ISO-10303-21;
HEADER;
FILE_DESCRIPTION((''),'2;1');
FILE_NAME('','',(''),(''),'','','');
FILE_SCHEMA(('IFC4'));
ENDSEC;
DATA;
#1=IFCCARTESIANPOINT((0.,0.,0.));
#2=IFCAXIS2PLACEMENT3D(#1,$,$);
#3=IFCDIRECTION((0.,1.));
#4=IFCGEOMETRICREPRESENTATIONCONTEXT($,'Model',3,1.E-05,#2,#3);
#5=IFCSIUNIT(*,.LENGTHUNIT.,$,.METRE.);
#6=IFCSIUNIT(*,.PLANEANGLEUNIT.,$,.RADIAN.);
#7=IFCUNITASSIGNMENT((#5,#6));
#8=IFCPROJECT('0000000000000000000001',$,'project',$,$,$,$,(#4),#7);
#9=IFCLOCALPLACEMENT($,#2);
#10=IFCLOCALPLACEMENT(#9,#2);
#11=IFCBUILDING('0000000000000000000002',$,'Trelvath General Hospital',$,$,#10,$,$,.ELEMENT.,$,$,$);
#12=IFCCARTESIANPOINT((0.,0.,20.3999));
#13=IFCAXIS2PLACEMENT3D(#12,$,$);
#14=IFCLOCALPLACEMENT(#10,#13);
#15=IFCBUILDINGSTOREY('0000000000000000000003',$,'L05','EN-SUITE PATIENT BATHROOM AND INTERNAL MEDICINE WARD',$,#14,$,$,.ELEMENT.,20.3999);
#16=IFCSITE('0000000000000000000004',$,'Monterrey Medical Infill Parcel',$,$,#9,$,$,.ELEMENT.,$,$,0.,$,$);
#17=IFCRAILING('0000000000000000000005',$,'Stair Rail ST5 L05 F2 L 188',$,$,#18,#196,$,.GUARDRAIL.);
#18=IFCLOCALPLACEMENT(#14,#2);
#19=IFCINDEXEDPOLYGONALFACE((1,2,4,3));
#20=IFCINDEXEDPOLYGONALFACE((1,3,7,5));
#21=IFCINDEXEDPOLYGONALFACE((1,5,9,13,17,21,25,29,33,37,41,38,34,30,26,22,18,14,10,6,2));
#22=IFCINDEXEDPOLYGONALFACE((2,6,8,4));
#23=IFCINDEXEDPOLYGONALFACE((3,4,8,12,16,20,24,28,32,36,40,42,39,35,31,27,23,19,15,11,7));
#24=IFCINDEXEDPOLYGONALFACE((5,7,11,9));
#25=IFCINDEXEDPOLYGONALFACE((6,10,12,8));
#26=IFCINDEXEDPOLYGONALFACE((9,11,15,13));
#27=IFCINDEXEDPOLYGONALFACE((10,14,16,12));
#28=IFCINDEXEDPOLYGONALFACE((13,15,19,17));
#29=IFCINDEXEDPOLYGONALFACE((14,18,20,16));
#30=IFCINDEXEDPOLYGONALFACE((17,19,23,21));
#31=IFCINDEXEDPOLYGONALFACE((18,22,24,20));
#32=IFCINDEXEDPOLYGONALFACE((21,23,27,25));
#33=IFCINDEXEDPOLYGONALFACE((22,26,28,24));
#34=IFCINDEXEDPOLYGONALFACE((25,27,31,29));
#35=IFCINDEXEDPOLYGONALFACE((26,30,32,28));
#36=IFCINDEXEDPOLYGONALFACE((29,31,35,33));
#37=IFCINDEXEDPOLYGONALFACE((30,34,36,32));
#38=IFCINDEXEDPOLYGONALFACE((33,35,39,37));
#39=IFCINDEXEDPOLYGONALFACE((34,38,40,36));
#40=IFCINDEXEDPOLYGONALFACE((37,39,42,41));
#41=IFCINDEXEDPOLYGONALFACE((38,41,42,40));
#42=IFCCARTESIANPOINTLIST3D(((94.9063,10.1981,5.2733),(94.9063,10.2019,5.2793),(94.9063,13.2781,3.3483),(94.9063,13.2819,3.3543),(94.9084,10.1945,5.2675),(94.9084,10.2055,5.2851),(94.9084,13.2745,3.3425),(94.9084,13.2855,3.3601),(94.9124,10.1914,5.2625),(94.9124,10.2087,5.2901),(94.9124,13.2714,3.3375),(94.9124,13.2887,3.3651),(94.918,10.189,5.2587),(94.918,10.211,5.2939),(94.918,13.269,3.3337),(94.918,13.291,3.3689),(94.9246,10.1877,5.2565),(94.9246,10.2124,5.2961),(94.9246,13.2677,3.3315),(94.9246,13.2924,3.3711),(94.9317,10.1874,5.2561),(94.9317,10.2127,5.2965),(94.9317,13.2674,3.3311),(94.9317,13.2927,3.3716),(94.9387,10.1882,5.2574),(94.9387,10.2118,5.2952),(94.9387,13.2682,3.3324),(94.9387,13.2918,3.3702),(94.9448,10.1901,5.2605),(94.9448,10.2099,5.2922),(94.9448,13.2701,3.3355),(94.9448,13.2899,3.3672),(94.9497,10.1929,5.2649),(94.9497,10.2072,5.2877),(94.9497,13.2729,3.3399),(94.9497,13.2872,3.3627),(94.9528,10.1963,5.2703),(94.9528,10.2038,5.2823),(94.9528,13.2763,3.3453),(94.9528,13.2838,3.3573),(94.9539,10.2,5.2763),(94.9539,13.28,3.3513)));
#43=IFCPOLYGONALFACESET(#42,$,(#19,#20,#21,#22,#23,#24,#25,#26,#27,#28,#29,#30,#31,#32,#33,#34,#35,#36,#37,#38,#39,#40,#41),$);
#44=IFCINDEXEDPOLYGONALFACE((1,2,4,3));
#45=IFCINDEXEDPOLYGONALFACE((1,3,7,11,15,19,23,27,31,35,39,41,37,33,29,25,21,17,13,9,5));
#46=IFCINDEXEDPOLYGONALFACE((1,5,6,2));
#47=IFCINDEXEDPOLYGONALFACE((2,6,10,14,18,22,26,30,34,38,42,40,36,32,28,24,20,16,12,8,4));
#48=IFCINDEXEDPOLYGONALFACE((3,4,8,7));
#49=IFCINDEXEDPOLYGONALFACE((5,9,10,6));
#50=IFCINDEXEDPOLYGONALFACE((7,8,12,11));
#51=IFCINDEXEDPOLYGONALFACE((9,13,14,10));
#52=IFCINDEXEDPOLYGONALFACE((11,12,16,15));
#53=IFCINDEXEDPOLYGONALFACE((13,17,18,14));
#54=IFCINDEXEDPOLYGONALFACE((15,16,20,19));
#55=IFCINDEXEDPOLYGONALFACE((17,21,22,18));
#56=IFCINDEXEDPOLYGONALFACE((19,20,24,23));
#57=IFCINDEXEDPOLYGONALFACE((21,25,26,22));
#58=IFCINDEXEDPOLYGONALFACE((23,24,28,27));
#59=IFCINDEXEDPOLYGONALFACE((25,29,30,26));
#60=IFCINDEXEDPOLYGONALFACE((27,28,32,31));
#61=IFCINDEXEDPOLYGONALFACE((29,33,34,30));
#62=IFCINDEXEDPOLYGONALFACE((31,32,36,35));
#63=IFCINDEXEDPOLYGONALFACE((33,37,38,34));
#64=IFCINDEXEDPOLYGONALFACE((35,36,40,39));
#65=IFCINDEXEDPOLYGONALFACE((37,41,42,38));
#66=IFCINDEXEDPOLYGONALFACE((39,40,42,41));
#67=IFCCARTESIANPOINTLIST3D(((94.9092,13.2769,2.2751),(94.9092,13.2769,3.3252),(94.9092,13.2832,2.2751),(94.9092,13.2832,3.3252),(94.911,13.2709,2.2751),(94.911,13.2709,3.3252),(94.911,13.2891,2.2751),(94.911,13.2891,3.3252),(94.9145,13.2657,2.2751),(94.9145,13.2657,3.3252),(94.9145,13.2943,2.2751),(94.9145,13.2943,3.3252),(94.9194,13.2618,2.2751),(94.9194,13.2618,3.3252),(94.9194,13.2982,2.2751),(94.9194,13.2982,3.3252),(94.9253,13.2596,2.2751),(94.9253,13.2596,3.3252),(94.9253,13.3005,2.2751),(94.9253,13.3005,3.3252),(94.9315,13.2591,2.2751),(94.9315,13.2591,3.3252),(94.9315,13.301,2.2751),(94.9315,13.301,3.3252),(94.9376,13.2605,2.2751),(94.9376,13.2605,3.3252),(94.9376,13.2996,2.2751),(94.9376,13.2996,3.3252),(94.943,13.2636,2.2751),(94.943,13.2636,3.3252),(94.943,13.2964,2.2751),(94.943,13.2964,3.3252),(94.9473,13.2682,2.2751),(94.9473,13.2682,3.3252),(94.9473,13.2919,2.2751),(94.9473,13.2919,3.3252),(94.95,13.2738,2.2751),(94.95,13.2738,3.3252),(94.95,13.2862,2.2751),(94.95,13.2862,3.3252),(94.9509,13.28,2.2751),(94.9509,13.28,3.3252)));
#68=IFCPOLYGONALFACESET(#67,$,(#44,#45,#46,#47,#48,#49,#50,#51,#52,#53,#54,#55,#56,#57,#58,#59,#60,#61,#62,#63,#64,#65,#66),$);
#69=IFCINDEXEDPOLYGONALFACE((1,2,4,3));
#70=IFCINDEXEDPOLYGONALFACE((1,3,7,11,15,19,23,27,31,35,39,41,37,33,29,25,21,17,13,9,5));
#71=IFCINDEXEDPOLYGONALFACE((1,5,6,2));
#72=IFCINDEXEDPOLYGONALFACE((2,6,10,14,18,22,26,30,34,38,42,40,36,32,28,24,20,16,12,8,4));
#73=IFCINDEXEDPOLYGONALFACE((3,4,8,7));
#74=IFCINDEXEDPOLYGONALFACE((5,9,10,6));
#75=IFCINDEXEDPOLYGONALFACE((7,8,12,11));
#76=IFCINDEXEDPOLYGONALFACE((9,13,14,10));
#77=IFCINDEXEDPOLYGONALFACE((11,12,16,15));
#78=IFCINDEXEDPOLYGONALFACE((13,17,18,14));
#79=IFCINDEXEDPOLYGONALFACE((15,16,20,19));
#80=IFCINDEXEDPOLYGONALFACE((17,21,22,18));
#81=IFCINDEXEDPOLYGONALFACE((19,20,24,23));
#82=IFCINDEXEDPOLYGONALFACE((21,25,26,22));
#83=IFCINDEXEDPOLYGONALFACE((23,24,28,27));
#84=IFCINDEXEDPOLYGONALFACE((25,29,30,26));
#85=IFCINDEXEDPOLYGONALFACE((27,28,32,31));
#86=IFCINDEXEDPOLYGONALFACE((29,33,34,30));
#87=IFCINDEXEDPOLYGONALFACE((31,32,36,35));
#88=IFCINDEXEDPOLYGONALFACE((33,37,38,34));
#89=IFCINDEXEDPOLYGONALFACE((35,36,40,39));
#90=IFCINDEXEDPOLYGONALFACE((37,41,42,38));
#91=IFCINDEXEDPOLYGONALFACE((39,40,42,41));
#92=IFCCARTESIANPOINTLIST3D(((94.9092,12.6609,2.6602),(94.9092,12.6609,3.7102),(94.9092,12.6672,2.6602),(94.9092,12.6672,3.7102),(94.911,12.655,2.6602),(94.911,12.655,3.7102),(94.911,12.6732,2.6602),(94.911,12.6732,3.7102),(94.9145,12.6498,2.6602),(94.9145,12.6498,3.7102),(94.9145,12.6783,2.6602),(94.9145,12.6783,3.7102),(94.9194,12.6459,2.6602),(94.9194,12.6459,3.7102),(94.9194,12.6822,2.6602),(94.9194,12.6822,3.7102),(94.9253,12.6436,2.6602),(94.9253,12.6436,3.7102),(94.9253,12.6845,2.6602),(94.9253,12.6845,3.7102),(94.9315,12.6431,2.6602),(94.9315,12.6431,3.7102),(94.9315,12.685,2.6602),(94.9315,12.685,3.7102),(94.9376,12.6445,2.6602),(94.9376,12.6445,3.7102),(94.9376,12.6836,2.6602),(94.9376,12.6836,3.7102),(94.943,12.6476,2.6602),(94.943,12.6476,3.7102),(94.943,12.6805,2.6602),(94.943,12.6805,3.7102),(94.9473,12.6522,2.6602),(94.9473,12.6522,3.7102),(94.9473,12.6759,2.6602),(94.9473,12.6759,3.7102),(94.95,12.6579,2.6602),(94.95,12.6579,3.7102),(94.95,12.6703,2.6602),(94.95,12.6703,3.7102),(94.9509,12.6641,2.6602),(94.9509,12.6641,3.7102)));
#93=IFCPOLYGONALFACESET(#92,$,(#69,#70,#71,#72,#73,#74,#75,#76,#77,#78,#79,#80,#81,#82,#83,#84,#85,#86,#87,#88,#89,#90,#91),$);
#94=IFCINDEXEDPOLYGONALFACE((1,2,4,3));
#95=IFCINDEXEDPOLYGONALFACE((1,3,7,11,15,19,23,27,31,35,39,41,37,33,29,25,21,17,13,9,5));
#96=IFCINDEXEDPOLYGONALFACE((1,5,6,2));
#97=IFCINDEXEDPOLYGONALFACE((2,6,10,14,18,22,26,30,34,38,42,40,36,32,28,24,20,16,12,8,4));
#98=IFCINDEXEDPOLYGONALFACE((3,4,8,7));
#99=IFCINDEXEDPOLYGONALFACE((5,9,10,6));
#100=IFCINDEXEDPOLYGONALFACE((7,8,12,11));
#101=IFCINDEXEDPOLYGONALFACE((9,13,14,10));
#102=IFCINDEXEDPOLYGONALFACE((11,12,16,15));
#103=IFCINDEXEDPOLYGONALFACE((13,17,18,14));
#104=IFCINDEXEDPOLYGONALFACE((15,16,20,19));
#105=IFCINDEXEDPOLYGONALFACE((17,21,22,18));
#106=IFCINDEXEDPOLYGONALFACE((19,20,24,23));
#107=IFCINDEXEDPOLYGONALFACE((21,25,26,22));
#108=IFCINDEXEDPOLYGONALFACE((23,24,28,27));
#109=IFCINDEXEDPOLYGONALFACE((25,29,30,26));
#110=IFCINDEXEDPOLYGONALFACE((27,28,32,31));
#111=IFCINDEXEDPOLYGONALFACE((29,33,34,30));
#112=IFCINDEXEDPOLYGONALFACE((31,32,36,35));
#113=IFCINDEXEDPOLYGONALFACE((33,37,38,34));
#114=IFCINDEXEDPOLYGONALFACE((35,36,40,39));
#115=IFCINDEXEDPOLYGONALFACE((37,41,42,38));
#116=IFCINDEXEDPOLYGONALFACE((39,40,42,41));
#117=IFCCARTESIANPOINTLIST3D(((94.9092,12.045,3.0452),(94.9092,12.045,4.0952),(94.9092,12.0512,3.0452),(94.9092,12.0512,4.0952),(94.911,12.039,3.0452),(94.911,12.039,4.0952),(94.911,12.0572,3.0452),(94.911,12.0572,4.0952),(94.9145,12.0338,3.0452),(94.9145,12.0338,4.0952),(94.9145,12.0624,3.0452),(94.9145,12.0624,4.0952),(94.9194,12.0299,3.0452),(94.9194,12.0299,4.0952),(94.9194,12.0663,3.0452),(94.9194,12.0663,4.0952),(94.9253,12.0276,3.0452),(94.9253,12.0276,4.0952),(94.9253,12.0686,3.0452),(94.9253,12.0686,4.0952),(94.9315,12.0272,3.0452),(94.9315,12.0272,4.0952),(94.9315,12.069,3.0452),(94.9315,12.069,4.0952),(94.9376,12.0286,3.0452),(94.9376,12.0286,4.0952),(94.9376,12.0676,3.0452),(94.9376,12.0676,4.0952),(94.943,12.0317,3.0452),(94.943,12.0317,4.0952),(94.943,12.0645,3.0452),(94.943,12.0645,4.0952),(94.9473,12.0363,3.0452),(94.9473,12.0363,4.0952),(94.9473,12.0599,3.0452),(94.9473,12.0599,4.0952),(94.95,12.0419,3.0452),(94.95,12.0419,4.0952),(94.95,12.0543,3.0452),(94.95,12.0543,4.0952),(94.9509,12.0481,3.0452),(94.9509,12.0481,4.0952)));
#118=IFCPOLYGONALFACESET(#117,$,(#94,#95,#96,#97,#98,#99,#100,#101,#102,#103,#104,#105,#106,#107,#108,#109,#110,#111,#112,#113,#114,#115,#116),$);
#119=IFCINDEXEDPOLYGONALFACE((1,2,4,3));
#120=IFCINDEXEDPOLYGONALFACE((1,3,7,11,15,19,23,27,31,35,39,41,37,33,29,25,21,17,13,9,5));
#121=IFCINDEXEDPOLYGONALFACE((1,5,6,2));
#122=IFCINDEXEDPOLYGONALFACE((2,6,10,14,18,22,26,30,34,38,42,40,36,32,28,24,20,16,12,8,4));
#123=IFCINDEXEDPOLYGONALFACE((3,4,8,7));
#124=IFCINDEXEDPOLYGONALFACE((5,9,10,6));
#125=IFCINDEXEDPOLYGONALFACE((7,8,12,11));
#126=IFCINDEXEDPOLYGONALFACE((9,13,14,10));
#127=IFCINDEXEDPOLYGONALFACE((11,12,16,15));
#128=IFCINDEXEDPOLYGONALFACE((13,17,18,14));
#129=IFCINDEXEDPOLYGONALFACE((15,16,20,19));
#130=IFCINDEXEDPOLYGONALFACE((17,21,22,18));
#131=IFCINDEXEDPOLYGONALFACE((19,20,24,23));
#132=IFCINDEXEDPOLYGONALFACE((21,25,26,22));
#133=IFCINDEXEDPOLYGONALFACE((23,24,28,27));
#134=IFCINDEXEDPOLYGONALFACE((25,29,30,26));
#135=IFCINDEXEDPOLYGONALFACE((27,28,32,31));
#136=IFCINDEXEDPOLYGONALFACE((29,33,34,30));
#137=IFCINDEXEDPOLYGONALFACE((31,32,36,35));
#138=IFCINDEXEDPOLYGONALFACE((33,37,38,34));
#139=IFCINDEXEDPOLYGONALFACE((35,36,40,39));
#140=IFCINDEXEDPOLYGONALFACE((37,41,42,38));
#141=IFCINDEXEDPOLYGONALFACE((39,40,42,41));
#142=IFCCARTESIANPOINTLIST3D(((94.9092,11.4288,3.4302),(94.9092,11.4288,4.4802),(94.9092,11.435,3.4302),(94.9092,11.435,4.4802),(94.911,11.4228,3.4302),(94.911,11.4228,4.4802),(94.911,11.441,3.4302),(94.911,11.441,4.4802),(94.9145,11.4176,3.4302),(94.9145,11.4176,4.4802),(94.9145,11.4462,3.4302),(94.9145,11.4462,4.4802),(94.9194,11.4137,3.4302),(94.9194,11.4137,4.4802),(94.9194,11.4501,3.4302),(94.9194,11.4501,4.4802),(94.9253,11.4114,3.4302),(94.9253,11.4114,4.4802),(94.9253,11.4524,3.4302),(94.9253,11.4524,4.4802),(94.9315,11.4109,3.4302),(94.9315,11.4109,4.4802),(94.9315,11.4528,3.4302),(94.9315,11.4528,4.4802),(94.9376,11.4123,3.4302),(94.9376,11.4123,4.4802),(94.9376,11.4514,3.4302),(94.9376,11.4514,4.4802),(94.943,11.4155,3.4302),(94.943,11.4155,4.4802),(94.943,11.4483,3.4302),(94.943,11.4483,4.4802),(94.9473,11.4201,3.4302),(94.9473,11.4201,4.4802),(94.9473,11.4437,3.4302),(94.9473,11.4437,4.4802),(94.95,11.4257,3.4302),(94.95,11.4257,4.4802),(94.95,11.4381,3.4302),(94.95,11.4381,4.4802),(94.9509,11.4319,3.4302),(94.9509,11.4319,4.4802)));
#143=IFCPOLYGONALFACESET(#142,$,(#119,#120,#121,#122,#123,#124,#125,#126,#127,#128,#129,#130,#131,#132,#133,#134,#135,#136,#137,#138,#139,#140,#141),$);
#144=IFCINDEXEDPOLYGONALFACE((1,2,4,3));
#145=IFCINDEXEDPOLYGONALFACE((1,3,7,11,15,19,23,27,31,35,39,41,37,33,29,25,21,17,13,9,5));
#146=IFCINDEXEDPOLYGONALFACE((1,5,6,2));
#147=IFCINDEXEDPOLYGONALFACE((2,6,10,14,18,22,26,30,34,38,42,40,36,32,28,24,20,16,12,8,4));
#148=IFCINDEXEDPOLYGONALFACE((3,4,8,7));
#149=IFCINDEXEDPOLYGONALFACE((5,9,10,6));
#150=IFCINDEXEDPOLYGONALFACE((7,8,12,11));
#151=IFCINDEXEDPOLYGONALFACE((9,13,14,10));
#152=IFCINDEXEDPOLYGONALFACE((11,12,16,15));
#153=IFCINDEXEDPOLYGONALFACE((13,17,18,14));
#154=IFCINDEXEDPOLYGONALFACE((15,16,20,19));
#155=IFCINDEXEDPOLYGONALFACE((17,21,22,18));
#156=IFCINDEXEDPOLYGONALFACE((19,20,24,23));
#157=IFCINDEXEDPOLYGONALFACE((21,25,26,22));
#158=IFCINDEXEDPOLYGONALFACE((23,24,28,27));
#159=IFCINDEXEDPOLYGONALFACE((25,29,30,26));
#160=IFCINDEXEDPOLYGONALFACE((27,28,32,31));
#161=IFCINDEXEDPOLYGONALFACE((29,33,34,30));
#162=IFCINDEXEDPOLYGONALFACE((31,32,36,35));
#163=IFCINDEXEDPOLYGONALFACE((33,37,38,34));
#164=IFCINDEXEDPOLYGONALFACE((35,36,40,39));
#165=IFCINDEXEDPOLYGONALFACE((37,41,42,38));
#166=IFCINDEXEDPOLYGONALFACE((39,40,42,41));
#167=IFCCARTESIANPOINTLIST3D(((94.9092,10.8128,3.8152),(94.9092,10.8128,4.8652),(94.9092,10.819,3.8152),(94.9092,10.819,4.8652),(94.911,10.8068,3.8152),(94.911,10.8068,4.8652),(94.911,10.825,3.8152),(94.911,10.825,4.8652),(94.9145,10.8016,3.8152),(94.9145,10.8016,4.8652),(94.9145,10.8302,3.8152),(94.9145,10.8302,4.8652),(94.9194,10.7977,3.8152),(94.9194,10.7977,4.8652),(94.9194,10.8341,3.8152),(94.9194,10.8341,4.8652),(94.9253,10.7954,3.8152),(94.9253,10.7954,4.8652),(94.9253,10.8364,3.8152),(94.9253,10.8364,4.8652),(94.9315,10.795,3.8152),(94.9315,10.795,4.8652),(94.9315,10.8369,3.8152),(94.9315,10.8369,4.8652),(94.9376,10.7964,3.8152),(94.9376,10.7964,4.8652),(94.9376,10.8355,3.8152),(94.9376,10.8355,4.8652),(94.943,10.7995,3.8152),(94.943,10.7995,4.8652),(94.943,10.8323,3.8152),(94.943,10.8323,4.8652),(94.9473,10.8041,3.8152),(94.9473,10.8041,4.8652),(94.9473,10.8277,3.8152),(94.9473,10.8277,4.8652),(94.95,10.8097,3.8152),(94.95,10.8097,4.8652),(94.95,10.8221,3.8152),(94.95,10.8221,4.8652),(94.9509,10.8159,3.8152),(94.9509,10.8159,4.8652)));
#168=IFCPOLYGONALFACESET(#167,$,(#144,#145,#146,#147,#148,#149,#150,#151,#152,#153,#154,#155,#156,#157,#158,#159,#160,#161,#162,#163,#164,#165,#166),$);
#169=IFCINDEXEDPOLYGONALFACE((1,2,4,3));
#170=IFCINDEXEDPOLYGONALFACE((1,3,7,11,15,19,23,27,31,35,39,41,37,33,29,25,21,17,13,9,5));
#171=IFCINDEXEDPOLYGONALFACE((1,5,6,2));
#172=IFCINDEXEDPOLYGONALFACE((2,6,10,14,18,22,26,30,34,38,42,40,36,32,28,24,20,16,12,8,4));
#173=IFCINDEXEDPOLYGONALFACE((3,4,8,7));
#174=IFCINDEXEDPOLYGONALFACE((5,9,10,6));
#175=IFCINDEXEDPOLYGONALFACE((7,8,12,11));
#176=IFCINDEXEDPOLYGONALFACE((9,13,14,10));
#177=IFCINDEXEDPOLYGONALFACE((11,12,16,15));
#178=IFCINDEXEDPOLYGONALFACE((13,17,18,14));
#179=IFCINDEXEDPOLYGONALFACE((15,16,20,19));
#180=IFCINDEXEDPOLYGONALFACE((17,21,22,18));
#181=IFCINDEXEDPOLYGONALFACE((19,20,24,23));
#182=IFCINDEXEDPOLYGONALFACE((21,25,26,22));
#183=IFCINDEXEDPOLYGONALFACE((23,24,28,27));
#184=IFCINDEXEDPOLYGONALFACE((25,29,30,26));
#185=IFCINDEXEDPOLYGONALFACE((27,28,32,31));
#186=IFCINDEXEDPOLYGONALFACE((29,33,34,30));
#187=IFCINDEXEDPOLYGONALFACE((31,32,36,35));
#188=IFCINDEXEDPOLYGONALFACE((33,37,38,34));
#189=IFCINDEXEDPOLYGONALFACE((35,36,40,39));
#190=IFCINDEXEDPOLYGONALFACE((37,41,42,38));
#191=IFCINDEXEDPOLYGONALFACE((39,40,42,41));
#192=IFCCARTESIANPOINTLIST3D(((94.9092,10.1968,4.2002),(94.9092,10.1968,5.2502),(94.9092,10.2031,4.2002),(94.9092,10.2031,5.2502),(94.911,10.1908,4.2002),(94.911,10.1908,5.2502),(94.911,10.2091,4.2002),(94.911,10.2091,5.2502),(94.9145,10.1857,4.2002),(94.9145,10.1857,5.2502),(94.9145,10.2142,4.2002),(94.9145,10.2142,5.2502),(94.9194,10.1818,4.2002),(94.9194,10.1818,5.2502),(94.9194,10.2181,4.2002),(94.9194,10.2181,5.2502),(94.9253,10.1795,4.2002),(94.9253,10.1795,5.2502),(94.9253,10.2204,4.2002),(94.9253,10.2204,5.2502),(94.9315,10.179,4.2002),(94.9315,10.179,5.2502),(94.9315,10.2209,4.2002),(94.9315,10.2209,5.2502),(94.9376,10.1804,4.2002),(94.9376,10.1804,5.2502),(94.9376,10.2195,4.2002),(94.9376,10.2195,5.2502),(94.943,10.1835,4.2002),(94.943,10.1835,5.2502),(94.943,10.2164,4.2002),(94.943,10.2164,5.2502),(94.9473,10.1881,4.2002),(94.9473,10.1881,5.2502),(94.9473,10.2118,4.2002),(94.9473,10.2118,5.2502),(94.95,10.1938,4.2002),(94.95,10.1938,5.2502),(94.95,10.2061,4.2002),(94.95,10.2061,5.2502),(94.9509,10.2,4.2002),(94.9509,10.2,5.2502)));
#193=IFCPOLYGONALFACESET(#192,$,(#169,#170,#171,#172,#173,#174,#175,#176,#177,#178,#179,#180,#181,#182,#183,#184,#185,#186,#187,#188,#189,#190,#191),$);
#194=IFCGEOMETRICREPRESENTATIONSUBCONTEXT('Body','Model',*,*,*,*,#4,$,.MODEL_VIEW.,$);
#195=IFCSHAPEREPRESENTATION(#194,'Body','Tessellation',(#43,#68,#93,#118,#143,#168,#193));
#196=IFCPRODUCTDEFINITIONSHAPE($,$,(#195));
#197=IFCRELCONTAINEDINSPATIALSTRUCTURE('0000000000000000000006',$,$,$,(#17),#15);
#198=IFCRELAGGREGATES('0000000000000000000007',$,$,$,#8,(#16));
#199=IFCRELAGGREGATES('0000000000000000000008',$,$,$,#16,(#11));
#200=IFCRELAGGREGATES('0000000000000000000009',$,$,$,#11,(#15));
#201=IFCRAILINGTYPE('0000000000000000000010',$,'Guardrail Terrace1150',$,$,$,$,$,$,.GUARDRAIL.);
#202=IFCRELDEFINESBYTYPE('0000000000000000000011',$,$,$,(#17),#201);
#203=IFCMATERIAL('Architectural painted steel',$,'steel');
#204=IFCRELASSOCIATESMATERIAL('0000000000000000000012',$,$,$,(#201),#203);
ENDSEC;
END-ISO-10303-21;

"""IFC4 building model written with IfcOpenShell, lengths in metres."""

from ifc_helpers import new_model, si_unit, direction, frame, origin, origin_2d, place, context, subcontext, project, spatial, circle, extrude, material, type_object, element, save


model = new_model("IFC4")

# Units and contexts
model_context = context("Model", 3, precision=1e-05, world=origin(), true_north=direction((0.0, 1.0)))
body_context = subcontext(model_context, "Body", "Model", "MODEL_VIEW")
ifc_project = project(units=[si_unit("LENGTHUNIT", "METRE"), si_unit("PLANEANGLEUNIT", "RADIAN")], contexts=[model_context])

# Site, building, storey
site_placement = place(None, origin())
site = spatial("IfcSite", under=ifc_project, at=site_placement, Name="Monterrey Medical Infill Parcel", CompositionType="ELEMENT", RefElevation=0.0)
building_placement = place(site_placement, origin())
building = spatial("IfcBuilding", under=site, at=building_placement, Name="Trelvath General Hospital", CompositionType="ELEMENT")
storey_placement = place(building_placement, frame((0.0, 0.0, 20.3999)))
storey = spatial("IfcBuildingStorey", under=building, at=storey_placement, Name="L05", Description="EN-SUITE PATIENT BATHROOM AND INTERNAL MEDICINE WARD", CompositionType="ELEMENT", Elevation=20.3999)

# Railing
ifc_material_1 = material(Name="Architectural painted steel", Category="steel")
railing_type_1 = type_object("IfcRailingType", Name="Guardrail Terrace1150", PredefinedType="GUARDRAIL", material=ifc_material_1)
railing_1_placement = place(storey_placement, frame((94.9299, 13.28, 2.2751)))
element("IfcRailing", 1, at=railing_1_placement, inside=storey, type_object=railing_type_1, Name="Stair Rail ST5 L05 F2 L 188", PredefinedType="GUARDRAIL", context=body_context, shape_type="SweptSolid", body=[
    extrude(circle(Radius=0.0239, at=origin_2d()), frame((0.0, 0.0, 1.0762), z_axis=(0.0, -0.847998, 0.529999), x_axis=(1.0, 0.0, 0.0)), (0.0, 0.0, 1.0), 3.6321),
    extrude(circle(Radius=0.021, at=origin_2d()), origin(), (0.0, 0.0, 1.0), 1.05),
    extrude(circle(Radius=0.021, at=origin_2d()), frame((0.0, -0.616, 0.385)), (0.0, 0.0, 1.0), 1.05),
    extrude(circle(Radius=0.021, at=origin_2d()), frame((0.0, -1.2319, 0.77)), (0.0, 0.0, 1.0), 1.05),
    extrude(circle(Radius=0.021, at=origin_2d()), frame((0.0, -1.8481, 1.155)), (0.0, 0.0, 1.0), 1.05),
    extrude(circle(Radius=0.021, at=origin_2d()), frame((0.0, -2.4641, 1.54)), (0.0, 0.0, 1.0), 1.05),
    extrude(circle(Radius=0.021, at=origin_2d()), frame((0.0, -3.0801, 1.925)), (0.0, 0.0, 1.0), 1.05),
])

save(model, "model.ifc")
